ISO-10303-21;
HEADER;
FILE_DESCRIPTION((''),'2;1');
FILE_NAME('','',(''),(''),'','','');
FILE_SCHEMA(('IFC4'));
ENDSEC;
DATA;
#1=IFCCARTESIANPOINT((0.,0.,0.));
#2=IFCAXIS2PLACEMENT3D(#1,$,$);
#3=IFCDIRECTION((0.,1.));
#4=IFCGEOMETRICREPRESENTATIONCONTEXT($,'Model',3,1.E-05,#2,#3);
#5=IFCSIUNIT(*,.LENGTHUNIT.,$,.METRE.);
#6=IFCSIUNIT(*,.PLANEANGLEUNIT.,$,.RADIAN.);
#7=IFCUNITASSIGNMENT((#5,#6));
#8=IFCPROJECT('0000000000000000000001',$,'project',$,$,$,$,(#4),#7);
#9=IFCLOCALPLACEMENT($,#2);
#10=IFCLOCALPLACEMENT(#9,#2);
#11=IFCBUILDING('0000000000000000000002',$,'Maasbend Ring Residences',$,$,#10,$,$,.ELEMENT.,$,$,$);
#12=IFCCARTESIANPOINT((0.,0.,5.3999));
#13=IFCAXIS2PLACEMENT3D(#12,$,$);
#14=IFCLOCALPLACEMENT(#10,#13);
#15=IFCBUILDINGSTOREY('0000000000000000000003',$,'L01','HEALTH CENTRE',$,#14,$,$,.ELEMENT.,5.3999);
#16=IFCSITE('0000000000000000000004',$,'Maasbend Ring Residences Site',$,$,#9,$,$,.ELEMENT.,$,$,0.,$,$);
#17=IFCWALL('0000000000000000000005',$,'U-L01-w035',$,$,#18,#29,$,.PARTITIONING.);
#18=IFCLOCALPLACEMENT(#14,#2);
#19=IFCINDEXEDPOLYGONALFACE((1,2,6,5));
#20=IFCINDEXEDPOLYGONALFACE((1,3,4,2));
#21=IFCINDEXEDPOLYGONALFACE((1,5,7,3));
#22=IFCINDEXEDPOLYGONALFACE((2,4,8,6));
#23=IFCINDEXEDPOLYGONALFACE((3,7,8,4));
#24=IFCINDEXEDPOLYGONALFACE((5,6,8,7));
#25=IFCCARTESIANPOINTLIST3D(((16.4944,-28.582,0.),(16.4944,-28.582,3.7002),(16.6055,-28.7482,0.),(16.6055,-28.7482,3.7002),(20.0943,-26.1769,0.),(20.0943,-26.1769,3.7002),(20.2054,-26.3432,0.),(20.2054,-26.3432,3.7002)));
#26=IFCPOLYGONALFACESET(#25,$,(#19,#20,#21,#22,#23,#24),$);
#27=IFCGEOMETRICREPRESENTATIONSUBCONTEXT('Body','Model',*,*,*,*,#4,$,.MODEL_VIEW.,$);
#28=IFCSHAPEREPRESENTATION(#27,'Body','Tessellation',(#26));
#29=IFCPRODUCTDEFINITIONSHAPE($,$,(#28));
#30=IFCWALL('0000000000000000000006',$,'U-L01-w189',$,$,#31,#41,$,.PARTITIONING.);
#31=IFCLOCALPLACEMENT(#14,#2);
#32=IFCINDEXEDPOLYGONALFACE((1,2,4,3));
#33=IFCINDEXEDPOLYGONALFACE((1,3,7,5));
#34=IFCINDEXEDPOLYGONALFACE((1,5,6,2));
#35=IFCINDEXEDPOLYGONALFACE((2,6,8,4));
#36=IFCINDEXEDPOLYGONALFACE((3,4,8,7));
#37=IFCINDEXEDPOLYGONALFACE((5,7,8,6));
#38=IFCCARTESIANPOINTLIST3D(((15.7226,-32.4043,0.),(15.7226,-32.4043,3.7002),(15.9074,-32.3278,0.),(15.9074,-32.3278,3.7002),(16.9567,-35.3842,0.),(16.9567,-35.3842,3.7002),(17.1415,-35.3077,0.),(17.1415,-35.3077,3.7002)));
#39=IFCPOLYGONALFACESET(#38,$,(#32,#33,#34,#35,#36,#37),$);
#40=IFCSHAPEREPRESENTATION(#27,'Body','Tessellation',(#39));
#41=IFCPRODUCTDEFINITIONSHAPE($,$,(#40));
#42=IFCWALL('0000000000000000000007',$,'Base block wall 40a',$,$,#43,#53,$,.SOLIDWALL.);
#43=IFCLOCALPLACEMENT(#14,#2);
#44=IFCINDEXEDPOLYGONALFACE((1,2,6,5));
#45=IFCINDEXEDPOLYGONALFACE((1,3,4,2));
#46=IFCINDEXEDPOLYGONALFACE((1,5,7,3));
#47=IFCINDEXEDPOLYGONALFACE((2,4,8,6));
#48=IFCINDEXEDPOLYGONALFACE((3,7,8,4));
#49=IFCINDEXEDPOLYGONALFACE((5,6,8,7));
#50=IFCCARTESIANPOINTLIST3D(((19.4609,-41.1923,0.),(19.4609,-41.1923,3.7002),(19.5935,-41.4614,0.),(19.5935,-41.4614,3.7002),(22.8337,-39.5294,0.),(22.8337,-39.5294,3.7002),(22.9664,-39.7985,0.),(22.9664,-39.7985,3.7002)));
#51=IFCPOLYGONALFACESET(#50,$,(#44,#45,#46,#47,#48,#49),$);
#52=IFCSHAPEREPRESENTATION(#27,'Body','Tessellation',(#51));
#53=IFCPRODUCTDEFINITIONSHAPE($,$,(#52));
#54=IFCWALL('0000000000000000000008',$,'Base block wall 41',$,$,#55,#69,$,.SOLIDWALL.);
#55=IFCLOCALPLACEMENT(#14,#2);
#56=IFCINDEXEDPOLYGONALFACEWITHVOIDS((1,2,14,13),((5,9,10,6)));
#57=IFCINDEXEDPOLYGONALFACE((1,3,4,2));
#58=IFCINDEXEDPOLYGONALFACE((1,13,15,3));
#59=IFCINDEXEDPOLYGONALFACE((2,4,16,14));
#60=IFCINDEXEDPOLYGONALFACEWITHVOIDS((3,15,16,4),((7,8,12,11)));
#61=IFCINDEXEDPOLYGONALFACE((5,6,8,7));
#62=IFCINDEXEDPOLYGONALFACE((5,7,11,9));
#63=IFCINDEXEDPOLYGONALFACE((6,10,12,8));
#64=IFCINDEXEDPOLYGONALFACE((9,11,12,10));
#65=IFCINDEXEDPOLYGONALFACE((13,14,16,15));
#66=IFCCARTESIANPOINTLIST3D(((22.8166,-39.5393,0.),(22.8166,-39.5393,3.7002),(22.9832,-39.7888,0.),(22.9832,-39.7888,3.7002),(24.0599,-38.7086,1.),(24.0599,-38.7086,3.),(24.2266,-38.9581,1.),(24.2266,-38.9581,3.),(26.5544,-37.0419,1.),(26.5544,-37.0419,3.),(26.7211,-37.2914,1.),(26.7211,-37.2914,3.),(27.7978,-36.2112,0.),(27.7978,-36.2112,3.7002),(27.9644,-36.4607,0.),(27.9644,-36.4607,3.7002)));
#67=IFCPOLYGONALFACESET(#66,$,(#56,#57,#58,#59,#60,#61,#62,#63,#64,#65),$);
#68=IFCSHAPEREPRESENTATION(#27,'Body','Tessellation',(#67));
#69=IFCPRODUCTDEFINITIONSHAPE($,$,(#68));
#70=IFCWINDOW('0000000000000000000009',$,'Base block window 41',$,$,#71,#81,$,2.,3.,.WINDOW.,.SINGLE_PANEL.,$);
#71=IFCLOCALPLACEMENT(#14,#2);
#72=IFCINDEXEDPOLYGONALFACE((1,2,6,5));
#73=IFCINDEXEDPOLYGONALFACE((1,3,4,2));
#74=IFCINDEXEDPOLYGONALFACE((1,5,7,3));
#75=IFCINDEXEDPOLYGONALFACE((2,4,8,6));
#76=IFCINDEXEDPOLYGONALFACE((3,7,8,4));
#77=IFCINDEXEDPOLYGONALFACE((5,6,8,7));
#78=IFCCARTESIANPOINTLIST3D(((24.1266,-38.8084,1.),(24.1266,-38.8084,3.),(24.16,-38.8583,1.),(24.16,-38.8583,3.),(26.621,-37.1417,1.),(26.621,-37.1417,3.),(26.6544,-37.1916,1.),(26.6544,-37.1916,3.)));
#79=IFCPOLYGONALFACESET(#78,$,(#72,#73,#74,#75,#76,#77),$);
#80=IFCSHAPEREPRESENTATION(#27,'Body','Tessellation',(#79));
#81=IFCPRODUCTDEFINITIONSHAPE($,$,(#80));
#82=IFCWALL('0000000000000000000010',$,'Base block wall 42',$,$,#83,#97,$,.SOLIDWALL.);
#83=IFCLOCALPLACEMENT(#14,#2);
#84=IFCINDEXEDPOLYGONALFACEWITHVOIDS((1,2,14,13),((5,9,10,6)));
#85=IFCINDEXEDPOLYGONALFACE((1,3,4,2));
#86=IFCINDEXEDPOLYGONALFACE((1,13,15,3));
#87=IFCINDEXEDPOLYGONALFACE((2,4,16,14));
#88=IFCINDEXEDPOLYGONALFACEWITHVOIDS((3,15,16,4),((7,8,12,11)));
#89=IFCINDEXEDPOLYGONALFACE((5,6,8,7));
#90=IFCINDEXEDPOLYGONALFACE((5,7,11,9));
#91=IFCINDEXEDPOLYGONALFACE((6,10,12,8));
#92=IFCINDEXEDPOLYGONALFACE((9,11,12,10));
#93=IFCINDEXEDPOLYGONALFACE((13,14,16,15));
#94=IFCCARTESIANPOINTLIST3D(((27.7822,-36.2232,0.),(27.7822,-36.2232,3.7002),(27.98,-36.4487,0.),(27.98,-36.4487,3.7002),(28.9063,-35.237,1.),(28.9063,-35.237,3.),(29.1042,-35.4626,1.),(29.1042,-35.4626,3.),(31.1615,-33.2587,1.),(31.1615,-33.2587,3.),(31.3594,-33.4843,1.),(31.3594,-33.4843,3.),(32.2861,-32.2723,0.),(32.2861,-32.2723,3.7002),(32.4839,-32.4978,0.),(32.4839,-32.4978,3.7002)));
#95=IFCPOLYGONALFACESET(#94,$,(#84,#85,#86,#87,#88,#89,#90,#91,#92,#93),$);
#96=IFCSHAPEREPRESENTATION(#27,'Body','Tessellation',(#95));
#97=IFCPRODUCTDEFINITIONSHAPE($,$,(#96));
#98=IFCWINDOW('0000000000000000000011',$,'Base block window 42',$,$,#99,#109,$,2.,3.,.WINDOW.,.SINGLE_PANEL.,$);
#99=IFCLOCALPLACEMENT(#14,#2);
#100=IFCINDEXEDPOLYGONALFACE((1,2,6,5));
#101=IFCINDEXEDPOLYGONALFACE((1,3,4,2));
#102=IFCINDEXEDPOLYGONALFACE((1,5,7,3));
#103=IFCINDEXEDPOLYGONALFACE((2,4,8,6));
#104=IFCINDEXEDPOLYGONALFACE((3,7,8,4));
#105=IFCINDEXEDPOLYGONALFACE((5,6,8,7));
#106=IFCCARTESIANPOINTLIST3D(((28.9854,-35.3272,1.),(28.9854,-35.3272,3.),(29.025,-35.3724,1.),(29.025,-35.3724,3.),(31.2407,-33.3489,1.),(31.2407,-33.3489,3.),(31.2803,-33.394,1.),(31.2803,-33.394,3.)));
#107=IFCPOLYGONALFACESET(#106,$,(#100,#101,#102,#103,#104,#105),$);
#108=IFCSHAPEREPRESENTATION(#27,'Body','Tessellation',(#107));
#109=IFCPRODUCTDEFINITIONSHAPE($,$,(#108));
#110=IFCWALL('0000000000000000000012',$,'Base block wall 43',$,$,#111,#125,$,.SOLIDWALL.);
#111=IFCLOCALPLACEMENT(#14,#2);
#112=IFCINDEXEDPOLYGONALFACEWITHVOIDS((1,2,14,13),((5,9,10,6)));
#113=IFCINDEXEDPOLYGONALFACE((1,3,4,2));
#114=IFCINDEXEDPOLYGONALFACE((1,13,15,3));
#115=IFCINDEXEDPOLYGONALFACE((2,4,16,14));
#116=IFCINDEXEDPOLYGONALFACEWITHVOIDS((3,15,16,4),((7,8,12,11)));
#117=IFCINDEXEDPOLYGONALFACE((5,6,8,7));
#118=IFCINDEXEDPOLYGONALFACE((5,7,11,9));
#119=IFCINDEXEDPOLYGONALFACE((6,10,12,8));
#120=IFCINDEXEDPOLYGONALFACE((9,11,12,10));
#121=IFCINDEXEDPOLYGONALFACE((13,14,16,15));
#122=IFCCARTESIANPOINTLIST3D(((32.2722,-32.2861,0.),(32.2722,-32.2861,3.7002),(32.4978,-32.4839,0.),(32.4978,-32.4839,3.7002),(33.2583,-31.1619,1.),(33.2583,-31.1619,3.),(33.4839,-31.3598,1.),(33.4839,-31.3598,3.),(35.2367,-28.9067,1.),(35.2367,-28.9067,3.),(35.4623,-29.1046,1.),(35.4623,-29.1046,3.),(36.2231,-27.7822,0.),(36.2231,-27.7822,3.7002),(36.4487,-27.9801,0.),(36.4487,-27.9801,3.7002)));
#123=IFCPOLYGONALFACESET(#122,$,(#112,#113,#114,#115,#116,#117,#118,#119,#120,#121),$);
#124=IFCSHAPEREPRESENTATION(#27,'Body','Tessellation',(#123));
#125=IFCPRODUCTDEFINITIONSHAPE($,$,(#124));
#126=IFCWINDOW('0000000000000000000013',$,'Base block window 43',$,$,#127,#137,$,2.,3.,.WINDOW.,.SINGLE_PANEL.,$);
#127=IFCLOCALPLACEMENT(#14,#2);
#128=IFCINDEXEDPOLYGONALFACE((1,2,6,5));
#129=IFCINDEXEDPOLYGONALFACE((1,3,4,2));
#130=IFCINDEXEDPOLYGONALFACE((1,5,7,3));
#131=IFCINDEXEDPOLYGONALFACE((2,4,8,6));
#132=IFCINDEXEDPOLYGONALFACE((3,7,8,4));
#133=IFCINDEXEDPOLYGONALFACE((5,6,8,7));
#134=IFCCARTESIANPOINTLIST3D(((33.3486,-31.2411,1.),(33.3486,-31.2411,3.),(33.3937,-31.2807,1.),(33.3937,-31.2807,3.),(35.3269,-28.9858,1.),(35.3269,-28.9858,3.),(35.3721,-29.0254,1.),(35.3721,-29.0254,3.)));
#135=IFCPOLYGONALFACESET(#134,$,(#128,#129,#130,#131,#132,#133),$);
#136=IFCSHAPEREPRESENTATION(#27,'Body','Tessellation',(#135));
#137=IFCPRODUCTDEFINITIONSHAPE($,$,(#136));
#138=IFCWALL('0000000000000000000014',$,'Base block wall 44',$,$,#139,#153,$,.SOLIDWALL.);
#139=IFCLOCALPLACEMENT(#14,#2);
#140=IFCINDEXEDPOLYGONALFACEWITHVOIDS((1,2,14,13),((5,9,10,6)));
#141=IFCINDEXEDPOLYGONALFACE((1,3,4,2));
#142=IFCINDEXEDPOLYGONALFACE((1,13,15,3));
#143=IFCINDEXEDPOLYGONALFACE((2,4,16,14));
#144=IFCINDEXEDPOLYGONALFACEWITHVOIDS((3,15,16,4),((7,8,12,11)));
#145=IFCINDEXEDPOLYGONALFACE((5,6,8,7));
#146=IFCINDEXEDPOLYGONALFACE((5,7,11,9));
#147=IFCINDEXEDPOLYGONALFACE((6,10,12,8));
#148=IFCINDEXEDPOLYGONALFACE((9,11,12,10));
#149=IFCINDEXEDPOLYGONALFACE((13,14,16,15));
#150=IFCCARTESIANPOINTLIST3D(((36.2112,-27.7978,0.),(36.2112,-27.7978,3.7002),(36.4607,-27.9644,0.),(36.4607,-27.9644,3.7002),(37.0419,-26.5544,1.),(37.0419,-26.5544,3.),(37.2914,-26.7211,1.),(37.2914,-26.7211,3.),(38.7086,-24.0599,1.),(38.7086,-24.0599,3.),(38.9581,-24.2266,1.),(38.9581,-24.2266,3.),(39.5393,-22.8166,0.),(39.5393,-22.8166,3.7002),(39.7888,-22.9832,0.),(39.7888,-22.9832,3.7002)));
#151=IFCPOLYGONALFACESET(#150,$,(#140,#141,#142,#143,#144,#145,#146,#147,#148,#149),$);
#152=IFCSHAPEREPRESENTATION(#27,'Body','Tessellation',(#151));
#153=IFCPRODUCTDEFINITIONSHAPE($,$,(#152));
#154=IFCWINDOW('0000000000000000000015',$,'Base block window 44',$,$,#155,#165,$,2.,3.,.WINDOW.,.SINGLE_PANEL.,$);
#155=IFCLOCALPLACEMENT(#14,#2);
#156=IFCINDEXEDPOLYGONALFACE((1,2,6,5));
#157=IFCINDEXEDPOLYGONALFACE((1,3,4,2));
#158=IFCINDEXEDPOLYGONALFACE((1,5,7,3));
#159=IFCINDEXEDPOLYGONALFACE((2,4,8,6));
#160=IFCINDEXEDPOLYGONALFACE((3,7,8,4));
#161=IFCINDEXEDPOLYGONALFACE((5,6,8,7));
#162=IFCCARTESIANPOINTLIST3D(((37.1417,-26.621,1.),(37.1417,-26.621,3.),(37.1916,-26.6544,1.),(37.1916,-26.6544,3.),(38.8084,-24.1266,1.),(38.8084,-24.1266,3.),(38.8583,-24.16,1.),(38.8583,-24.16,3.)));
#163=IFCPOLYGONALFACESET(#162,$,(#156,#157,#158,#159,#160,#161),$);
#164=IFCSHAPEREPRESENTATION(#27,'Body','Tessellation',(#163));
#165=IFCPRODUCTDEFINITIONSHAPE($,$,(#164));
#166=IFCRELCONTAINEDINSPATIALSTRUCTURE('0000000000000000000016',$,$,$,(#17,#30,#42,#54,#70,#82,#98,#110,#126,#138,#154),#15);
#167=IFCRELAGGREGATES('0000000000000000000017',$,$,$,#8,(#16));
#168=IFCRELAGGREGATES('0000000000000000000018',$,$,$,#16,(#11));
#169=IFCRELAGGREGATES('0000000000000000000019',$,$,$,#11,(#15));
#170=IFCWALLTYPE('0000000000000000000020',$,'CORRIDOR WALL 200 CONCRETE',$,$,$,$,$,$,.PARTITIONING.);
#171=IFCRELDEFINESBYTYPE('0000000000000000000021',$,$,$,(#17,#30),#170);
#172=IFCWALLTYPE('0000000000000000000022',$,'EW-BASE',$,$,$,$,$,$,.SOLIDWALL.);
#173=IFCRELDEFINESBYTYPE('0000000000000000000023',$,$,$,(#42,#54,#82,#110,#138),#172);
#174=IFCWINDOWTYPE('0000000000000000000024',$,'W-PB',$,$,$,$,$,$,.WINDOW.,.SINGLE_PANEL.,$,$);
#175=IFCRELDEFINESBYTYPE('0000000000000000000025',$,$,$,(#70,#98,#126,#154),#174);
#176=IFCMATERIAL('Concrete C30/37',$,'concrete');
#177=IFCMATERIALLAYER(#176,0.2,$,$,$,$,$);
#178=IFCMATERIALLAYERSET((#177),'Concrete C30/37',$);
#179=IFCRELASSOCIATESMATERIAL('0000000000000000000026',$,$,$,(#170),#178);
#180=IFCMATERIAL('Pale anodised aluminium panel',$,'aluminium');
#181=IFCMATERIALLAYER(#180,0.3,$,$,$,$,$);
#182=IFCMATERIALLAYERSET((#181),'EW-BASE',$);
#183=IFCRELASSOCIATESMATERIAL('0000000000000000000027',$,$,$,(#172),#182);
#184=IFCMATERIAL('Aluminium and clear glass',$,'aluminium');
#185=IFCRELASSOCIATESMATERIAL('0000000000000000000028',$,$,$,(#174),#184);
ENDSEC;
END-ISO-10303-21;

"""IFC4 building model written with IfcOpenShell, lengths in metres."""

from ifc_helpers import new_model, si_unit, direction, frame, frame_2d, origin, place, context, subcontext, project, spatial, rectangle, extrude, material, layer, layer_set, type_object, element, fill, save


model = new_model("IFC4")

# Units and contexts
model_context = context("Model", 3, precision=1e-05, world=origin(), true_north=direction((0.0, 1.0)))
body_context = subcontext(model_context, "Body", "Model", "MODEL_VIEW")
ifc_project = project(units=[si_unit("LENGTHUNIT", "METRE"), si_unit("PLANEANGLEUNIT", "RADIAN")], contexts=[model_context])

# Site, building, storey
site_placement = place(None, origin())
site = spatial("IfcSite", under=ifc_project, at=site_placement, Name="Maasbend Ring Residences Site", CompositionType="ELEMENT", RefElevation=0.0)
building_placement = place(site_placement, origin())
building = spatial("IfcBuilding", under=site, at=building_placement, Name="Maasbend Ring Residences", CompositionType="ELEMENT")
storey_placement = place(building_placement, frame((0.0, 0.0, 5.3999)))
storey = spatial("IfcBuildingStorey", under=building, at=storey_placement, Name="L01", Description="HEALTH CENTRE", CompositionType="ELEMENT", Elevation=5.3999)

# Shared definitions
ifc_material_1 = material(Name="Concrete C30/37", Category="concrete")
ifc_layer_1 = layer(ifc_material_1, 0.2)
ifc_layer_set_1 = layer_set([ifc_layer_1], Name="Concrete C30/37")
wall_type_1 = type_object("IfcWallType", Name="CORRIDOR WALL 200 CONCRETE", PredefinedType="PARTITIONING", material=ifc_layer_set_1)

# Walls
wall_1_placement = place(storey_placement, frame((16.55, -28.665, 0.0), z_axis=(0.0, 0.0, 1.0), x_axis=(0.831503, 0.55552, 0.0)))
element("IfcWall", 1, at=wall_1_placement, inside=storey, type_object=wall_type_1, Name="U-L01-w035", PredefinedType="PARTITIONING", context=body_context, shape_type="SweptSolid", body=[
    extrude(rectangle(XDim=4.3293, YDim=0.2, at=frame_2d((2.1646, 0.0))), origin(), (0.0, 0.0, 1.0), 3.7002),
])
wall_2_placement = place(storey_placement, frame((15.8149, -32.366, 0.0), z_axis=(0.0, 0.0, 1.0), x_axis=(0.382626, -0.923903, 0.0)))
element("IfcWall", 2, at=wall_2_placement, inside=storey, type_object=wall_type_1, Name="U-L01-w189", PredefinedType="PARTITIONING", context=body_context, shape_type="SweptSolid", body=[
    extrude(rectangle(XDim=3.2253, YDim=0.2, at=frame_2d((1.6128, 0.0))), origin(), (0.0, 0.0, 1.0), 3.7002),
])
ifc_material_2 = material(Name="Pale anodised aluminium panel", Category="aluminium")
ifc_layer_2 = layer(ifc_material_2, 0.3)
ifc_layer_set_2 = layer_set([ifc_layer_2], Name="EW-BASE")
wall_type_2 = type_object("IfcWallType", Name="EW-BASE", PredefinedType="SOLIDWALL", material=ifc_layer_set_2)
wall_3_placement = place(storey_placement, frame((19.5271, -41.3269, 0.0), z_axis=(0.0, 0.0, 1.0), x_axis=(0.896919, 0.442194, 0.0)))
element("IfcWall", 3, at=wall_3_placement, inside=storey, type_object=wall_type_2, Name="Base block wall 40a", PredefinedType="SOLIDWALL", context=body_context, shape_type="SweptSolid", body=[
    extrude(rectangle(XDim=3.7605, YDim=0.3, at=frame_2d((1.8804, 0.0))), origin(), (0.0, 0.0, 1.0), 3.7002),
])

# Walls, openings, windows
wall_4_placement = place(storey_placement, frame((22.8999, -39.6641, 0.0), z_axis=(0.0, 0.0, 1.0), x_axis=(0.831486, 0.555546, 0.0)))
wall_4 = element("IfcWall", 4, at=wall_4_placement, inside=storey, type_object=wall_type_2, Name="Base block wall 41", PredefinedType="SOLIDWALL", context=body_context, shape_type="SweptSolid", body=[
    extrude(rectangle(XDim=5.9907, YDim=0.3, at=frame_2d((2.9954, 0.0))), origin(), (0.0, 0.0, 1.0), 3.7002),
])
opening_1_placement = place(wall_4_placement, frame((1.4954, 0.0, 1.0)))
opening_1 = element("IfcOpeningElement", 5, at=opening_1_placement, cuts=wall_4, PredefinedType="OPENING", context=body_context, shape_type="SweptSolid", body=[
    extrude(rectangle(XDim=3.0, YDim=2.0, at=frame_2d((1.5, 1.0))), frame((0.0, 0.1602, 0.0), z_axis=(0.0, -1.0, 0.0), x_axis=(1.0, 0.0, 0.0)), (0.0, 0.0, 1.0), 0.3201),
])
ifc_material_3 = material(Name="Aluminium and clear glass", Category="aluminium")
window_type = type_object("IfcWindowType", Name="W-PB", PartitioningType="SINGLE_PANEL", PredefinedType="WINDOW", material=ifc_material_3)
window_1_placement = place(opening_1_placement, origin())
window_1 = element("IfcWindow", 6, at=window_1_placement, inside=storey, type_object=window_type, Name="Base block window 41", OverallHeight=2.0, OverallWidth=3.0, PartitioningType="SINGLE_PANEL", PredefinedType="WINDOW", context=body_context, shape_type="SweptSolid", body=[
    extrude(rectangle(XDim=3.0, YDim=2.0, at=frame_2d((1.5, 1.0))), frame((0.0, 0.03, 0.0), z_axis=(0.0, -1.0, 0.0), x_axis=(1.0, 0.0, 0.0)), (0.0, 0.0, 1.0), 0.0601),
])
fill(opening_1, window_1)
wall_5_placement = place(storey_placement, frame((27.8811, -36.3359, 0.0), z_axis=(0.0, 0.0, 1.0), x_axis=(0.751748, 0.65945, 0.0)))
wall_5 = element("IfcWall", 7, at=wall_5_placement, inside=storey, type_object=wall_type_2, Name="Base block wall 42", PredefinedType="SOLIDWALL", context=body_context, shape_type="SweptSolid", body=[
    extrude(rectangle(XDim=5.9912, YDim=0.3, at=frame_2d((2.9956, 0.0))), origin(), (0.0, 0.0, 1.0), 3.7002),
])
opening_2_placement = place(wall_5_placement, frame((1.4954, 0.0, 1.0)))
opening_2 = element("IfcOpeningElement", 8, at=opening_2_placement, cuts=wall_5, PredefinedType="OPENING", context=body_context, shape_type="SweptSolid", body=[
    extrude(rectangle(XDim=3.0, YDim=2.0, at=frame_2d((1.5, 1.0))), frame((0.0, 0.1602, 0.0), z_axis=(0.0, -1.0, 0.0), x_axis=(1.0, 0.0, 0.0)), (0.0, 0.0, 1.0), 0.3201),
])
window_2_placement = place(opening_2_placement, origin())
window_2 = element("IfcWindow", 9, at=window_2_placement, inside=storey, type_object=window_type, Name="Base block window 42", OverallHeight=2.0, OverallWidth=3.0, PartitioningType="SINGLE_PANEL", PredefinedType="WINDOW", context=body_context, shape_type="SweptSolid", body=[
    extrude(rectangle(XDim=3.0, YDim=2.0, at=frame_2d((1.5, 1.0))), frame((0.0, 0.03, 0.0), z_axis=(0.0, -1.0, 0.0), x_axis=(1.0, 0.0, 0.0)), (0.0, 0.0, 1.0), 0.0601),
])
fill(opening_2, window_2)
wall_6_placement = place(storey_placement, frame((32.385, -32.385, 0.0), z_axis=(0.0, 0.0, 1.0), x_axis=(0.65945, 0.751748, 0.0)))
wall_6 = element("IfcWall", 10, at=wall_6_placement, inside=storey, type_object=wall_type_2, Name="Base block wall 43", PredefinedType="SOLIDWALL", context=body_context, shape_type="SweptSolid", body=[
    extrude(rectangle(XDim=5.9912, YDim=0.3, at=frame_2d((2.9956, 0.0))), origin(), (0.0, 0.0, 1.0), 3.7002),
])
opening_3_placement = place(wall_6_placement, frame((1.4954, 0.0, 1.0)))
opening_3 = element("IfcOpeningElement", 11, at=opening_3_placement, cuts=wall_6, PredefinedType="OPENING", context=body_context, shape_type="SweptSolid", body=[
    extrude(rectangle(XDim=3.0, YDim=2.0, at=frame_2d((1.5, 1.0))), frame((0.0, 0.1602, 0.0), z_axis=(0.0, -1.0, 0.0), x_axis=(1.0, 0.0, 0.0)), (0.0, 0.0, 1.0), 0.3201),
])
window_3_placement = place(opening_3_placement, origin())
window_3 = element("IfcWindow", 12, at=window_3_placement, inside=storey, type_object=window_type, Name="Base block window 43", OverallHeight=2.0, OverallWidth=3.0, PartitioningType="SINGLE_PANEL", PredefinedType="WINDOW", context=body_context, shape_type="SweptSolid", body=[
    extrude(rectangle(XDim=3.0, YDim=2.0, at=frame_2d((1.5, 1.0))), frame((0.0, 0.03, 0.0), z_axis=(0.0, -1.0, 0.0), x_axis=(1.0, 0.0, 0.0)), (0.0, 0.0, 1.0), 0.0601),
])
fill(opening_3, window_3)
wall_7_placement = place(storey_placement, frame((36.3359, -27.8811, 0.0), z_axis=(0.0, 0.0, 1.0), x_axis=(0.555546, 0.831486, 0.0)))
wall_7 = element("IfcWall", 13, at=wall_7_placement, inside=storey, type_object=wall_type_2, Name="Base block wall 44", PredefinedType="SOLIDWALL", context=body_context, shape_type="SweptSolid", body=[
    extrude(rectangle(XDim=5.9907, YDim=0.3, at=frame_2d((2.9954, 0.0))), origin(), (0.0, 0.0, 1.0), 3.7002),
])
opening_4_placement = place(wall_7_placement, frame((1.4954, 0.0, 1.0)))
opening_4 = element("IfcOpeningElement", 14, at=opening_4_placement, cuts=wall_7, PredefinedType="OPENING", context=body_context, shape_type="SweptSolid", body=[
    extrude(rectangle(XDim=3.0, YDim=2.0, at=frame_2d((1.5, 1.0))), frame((0.0, 0.1602, 0.0), z_axis=(0.0, -1.0, 0.0), x_axis=(1.0, 0.0, 0.0)), (0.0, 0.0, 1.0), 0.3201),
])
window_4_placement = place(opening_4_placement, origin())
window_4 = element("IfcWindow", 15, at=window_4_placement, inside=storey, type_object=window_type, Name="Base block window 44", OverallHeight=2.0, OverallWidth=3.0, PartitioningType="SINGLE_PANEL", PredefinedType="WINDOW", context=body_context, shape_type="SweptSolid", body=[
    extrude(rectangle(XDim=3.0, YDim=2.0, at=frame_2d((1.5, 1.0))), frame((0.0, 0.03, 0.0), z_axis=(0.0, -1.0, 0.0), x_axis=(1.0, 0.0, 0.0)), (0.0, 0.0, 1.0), 0.0601),
])
fill(opening_4, window_4)

save(model, "model.ifc")
